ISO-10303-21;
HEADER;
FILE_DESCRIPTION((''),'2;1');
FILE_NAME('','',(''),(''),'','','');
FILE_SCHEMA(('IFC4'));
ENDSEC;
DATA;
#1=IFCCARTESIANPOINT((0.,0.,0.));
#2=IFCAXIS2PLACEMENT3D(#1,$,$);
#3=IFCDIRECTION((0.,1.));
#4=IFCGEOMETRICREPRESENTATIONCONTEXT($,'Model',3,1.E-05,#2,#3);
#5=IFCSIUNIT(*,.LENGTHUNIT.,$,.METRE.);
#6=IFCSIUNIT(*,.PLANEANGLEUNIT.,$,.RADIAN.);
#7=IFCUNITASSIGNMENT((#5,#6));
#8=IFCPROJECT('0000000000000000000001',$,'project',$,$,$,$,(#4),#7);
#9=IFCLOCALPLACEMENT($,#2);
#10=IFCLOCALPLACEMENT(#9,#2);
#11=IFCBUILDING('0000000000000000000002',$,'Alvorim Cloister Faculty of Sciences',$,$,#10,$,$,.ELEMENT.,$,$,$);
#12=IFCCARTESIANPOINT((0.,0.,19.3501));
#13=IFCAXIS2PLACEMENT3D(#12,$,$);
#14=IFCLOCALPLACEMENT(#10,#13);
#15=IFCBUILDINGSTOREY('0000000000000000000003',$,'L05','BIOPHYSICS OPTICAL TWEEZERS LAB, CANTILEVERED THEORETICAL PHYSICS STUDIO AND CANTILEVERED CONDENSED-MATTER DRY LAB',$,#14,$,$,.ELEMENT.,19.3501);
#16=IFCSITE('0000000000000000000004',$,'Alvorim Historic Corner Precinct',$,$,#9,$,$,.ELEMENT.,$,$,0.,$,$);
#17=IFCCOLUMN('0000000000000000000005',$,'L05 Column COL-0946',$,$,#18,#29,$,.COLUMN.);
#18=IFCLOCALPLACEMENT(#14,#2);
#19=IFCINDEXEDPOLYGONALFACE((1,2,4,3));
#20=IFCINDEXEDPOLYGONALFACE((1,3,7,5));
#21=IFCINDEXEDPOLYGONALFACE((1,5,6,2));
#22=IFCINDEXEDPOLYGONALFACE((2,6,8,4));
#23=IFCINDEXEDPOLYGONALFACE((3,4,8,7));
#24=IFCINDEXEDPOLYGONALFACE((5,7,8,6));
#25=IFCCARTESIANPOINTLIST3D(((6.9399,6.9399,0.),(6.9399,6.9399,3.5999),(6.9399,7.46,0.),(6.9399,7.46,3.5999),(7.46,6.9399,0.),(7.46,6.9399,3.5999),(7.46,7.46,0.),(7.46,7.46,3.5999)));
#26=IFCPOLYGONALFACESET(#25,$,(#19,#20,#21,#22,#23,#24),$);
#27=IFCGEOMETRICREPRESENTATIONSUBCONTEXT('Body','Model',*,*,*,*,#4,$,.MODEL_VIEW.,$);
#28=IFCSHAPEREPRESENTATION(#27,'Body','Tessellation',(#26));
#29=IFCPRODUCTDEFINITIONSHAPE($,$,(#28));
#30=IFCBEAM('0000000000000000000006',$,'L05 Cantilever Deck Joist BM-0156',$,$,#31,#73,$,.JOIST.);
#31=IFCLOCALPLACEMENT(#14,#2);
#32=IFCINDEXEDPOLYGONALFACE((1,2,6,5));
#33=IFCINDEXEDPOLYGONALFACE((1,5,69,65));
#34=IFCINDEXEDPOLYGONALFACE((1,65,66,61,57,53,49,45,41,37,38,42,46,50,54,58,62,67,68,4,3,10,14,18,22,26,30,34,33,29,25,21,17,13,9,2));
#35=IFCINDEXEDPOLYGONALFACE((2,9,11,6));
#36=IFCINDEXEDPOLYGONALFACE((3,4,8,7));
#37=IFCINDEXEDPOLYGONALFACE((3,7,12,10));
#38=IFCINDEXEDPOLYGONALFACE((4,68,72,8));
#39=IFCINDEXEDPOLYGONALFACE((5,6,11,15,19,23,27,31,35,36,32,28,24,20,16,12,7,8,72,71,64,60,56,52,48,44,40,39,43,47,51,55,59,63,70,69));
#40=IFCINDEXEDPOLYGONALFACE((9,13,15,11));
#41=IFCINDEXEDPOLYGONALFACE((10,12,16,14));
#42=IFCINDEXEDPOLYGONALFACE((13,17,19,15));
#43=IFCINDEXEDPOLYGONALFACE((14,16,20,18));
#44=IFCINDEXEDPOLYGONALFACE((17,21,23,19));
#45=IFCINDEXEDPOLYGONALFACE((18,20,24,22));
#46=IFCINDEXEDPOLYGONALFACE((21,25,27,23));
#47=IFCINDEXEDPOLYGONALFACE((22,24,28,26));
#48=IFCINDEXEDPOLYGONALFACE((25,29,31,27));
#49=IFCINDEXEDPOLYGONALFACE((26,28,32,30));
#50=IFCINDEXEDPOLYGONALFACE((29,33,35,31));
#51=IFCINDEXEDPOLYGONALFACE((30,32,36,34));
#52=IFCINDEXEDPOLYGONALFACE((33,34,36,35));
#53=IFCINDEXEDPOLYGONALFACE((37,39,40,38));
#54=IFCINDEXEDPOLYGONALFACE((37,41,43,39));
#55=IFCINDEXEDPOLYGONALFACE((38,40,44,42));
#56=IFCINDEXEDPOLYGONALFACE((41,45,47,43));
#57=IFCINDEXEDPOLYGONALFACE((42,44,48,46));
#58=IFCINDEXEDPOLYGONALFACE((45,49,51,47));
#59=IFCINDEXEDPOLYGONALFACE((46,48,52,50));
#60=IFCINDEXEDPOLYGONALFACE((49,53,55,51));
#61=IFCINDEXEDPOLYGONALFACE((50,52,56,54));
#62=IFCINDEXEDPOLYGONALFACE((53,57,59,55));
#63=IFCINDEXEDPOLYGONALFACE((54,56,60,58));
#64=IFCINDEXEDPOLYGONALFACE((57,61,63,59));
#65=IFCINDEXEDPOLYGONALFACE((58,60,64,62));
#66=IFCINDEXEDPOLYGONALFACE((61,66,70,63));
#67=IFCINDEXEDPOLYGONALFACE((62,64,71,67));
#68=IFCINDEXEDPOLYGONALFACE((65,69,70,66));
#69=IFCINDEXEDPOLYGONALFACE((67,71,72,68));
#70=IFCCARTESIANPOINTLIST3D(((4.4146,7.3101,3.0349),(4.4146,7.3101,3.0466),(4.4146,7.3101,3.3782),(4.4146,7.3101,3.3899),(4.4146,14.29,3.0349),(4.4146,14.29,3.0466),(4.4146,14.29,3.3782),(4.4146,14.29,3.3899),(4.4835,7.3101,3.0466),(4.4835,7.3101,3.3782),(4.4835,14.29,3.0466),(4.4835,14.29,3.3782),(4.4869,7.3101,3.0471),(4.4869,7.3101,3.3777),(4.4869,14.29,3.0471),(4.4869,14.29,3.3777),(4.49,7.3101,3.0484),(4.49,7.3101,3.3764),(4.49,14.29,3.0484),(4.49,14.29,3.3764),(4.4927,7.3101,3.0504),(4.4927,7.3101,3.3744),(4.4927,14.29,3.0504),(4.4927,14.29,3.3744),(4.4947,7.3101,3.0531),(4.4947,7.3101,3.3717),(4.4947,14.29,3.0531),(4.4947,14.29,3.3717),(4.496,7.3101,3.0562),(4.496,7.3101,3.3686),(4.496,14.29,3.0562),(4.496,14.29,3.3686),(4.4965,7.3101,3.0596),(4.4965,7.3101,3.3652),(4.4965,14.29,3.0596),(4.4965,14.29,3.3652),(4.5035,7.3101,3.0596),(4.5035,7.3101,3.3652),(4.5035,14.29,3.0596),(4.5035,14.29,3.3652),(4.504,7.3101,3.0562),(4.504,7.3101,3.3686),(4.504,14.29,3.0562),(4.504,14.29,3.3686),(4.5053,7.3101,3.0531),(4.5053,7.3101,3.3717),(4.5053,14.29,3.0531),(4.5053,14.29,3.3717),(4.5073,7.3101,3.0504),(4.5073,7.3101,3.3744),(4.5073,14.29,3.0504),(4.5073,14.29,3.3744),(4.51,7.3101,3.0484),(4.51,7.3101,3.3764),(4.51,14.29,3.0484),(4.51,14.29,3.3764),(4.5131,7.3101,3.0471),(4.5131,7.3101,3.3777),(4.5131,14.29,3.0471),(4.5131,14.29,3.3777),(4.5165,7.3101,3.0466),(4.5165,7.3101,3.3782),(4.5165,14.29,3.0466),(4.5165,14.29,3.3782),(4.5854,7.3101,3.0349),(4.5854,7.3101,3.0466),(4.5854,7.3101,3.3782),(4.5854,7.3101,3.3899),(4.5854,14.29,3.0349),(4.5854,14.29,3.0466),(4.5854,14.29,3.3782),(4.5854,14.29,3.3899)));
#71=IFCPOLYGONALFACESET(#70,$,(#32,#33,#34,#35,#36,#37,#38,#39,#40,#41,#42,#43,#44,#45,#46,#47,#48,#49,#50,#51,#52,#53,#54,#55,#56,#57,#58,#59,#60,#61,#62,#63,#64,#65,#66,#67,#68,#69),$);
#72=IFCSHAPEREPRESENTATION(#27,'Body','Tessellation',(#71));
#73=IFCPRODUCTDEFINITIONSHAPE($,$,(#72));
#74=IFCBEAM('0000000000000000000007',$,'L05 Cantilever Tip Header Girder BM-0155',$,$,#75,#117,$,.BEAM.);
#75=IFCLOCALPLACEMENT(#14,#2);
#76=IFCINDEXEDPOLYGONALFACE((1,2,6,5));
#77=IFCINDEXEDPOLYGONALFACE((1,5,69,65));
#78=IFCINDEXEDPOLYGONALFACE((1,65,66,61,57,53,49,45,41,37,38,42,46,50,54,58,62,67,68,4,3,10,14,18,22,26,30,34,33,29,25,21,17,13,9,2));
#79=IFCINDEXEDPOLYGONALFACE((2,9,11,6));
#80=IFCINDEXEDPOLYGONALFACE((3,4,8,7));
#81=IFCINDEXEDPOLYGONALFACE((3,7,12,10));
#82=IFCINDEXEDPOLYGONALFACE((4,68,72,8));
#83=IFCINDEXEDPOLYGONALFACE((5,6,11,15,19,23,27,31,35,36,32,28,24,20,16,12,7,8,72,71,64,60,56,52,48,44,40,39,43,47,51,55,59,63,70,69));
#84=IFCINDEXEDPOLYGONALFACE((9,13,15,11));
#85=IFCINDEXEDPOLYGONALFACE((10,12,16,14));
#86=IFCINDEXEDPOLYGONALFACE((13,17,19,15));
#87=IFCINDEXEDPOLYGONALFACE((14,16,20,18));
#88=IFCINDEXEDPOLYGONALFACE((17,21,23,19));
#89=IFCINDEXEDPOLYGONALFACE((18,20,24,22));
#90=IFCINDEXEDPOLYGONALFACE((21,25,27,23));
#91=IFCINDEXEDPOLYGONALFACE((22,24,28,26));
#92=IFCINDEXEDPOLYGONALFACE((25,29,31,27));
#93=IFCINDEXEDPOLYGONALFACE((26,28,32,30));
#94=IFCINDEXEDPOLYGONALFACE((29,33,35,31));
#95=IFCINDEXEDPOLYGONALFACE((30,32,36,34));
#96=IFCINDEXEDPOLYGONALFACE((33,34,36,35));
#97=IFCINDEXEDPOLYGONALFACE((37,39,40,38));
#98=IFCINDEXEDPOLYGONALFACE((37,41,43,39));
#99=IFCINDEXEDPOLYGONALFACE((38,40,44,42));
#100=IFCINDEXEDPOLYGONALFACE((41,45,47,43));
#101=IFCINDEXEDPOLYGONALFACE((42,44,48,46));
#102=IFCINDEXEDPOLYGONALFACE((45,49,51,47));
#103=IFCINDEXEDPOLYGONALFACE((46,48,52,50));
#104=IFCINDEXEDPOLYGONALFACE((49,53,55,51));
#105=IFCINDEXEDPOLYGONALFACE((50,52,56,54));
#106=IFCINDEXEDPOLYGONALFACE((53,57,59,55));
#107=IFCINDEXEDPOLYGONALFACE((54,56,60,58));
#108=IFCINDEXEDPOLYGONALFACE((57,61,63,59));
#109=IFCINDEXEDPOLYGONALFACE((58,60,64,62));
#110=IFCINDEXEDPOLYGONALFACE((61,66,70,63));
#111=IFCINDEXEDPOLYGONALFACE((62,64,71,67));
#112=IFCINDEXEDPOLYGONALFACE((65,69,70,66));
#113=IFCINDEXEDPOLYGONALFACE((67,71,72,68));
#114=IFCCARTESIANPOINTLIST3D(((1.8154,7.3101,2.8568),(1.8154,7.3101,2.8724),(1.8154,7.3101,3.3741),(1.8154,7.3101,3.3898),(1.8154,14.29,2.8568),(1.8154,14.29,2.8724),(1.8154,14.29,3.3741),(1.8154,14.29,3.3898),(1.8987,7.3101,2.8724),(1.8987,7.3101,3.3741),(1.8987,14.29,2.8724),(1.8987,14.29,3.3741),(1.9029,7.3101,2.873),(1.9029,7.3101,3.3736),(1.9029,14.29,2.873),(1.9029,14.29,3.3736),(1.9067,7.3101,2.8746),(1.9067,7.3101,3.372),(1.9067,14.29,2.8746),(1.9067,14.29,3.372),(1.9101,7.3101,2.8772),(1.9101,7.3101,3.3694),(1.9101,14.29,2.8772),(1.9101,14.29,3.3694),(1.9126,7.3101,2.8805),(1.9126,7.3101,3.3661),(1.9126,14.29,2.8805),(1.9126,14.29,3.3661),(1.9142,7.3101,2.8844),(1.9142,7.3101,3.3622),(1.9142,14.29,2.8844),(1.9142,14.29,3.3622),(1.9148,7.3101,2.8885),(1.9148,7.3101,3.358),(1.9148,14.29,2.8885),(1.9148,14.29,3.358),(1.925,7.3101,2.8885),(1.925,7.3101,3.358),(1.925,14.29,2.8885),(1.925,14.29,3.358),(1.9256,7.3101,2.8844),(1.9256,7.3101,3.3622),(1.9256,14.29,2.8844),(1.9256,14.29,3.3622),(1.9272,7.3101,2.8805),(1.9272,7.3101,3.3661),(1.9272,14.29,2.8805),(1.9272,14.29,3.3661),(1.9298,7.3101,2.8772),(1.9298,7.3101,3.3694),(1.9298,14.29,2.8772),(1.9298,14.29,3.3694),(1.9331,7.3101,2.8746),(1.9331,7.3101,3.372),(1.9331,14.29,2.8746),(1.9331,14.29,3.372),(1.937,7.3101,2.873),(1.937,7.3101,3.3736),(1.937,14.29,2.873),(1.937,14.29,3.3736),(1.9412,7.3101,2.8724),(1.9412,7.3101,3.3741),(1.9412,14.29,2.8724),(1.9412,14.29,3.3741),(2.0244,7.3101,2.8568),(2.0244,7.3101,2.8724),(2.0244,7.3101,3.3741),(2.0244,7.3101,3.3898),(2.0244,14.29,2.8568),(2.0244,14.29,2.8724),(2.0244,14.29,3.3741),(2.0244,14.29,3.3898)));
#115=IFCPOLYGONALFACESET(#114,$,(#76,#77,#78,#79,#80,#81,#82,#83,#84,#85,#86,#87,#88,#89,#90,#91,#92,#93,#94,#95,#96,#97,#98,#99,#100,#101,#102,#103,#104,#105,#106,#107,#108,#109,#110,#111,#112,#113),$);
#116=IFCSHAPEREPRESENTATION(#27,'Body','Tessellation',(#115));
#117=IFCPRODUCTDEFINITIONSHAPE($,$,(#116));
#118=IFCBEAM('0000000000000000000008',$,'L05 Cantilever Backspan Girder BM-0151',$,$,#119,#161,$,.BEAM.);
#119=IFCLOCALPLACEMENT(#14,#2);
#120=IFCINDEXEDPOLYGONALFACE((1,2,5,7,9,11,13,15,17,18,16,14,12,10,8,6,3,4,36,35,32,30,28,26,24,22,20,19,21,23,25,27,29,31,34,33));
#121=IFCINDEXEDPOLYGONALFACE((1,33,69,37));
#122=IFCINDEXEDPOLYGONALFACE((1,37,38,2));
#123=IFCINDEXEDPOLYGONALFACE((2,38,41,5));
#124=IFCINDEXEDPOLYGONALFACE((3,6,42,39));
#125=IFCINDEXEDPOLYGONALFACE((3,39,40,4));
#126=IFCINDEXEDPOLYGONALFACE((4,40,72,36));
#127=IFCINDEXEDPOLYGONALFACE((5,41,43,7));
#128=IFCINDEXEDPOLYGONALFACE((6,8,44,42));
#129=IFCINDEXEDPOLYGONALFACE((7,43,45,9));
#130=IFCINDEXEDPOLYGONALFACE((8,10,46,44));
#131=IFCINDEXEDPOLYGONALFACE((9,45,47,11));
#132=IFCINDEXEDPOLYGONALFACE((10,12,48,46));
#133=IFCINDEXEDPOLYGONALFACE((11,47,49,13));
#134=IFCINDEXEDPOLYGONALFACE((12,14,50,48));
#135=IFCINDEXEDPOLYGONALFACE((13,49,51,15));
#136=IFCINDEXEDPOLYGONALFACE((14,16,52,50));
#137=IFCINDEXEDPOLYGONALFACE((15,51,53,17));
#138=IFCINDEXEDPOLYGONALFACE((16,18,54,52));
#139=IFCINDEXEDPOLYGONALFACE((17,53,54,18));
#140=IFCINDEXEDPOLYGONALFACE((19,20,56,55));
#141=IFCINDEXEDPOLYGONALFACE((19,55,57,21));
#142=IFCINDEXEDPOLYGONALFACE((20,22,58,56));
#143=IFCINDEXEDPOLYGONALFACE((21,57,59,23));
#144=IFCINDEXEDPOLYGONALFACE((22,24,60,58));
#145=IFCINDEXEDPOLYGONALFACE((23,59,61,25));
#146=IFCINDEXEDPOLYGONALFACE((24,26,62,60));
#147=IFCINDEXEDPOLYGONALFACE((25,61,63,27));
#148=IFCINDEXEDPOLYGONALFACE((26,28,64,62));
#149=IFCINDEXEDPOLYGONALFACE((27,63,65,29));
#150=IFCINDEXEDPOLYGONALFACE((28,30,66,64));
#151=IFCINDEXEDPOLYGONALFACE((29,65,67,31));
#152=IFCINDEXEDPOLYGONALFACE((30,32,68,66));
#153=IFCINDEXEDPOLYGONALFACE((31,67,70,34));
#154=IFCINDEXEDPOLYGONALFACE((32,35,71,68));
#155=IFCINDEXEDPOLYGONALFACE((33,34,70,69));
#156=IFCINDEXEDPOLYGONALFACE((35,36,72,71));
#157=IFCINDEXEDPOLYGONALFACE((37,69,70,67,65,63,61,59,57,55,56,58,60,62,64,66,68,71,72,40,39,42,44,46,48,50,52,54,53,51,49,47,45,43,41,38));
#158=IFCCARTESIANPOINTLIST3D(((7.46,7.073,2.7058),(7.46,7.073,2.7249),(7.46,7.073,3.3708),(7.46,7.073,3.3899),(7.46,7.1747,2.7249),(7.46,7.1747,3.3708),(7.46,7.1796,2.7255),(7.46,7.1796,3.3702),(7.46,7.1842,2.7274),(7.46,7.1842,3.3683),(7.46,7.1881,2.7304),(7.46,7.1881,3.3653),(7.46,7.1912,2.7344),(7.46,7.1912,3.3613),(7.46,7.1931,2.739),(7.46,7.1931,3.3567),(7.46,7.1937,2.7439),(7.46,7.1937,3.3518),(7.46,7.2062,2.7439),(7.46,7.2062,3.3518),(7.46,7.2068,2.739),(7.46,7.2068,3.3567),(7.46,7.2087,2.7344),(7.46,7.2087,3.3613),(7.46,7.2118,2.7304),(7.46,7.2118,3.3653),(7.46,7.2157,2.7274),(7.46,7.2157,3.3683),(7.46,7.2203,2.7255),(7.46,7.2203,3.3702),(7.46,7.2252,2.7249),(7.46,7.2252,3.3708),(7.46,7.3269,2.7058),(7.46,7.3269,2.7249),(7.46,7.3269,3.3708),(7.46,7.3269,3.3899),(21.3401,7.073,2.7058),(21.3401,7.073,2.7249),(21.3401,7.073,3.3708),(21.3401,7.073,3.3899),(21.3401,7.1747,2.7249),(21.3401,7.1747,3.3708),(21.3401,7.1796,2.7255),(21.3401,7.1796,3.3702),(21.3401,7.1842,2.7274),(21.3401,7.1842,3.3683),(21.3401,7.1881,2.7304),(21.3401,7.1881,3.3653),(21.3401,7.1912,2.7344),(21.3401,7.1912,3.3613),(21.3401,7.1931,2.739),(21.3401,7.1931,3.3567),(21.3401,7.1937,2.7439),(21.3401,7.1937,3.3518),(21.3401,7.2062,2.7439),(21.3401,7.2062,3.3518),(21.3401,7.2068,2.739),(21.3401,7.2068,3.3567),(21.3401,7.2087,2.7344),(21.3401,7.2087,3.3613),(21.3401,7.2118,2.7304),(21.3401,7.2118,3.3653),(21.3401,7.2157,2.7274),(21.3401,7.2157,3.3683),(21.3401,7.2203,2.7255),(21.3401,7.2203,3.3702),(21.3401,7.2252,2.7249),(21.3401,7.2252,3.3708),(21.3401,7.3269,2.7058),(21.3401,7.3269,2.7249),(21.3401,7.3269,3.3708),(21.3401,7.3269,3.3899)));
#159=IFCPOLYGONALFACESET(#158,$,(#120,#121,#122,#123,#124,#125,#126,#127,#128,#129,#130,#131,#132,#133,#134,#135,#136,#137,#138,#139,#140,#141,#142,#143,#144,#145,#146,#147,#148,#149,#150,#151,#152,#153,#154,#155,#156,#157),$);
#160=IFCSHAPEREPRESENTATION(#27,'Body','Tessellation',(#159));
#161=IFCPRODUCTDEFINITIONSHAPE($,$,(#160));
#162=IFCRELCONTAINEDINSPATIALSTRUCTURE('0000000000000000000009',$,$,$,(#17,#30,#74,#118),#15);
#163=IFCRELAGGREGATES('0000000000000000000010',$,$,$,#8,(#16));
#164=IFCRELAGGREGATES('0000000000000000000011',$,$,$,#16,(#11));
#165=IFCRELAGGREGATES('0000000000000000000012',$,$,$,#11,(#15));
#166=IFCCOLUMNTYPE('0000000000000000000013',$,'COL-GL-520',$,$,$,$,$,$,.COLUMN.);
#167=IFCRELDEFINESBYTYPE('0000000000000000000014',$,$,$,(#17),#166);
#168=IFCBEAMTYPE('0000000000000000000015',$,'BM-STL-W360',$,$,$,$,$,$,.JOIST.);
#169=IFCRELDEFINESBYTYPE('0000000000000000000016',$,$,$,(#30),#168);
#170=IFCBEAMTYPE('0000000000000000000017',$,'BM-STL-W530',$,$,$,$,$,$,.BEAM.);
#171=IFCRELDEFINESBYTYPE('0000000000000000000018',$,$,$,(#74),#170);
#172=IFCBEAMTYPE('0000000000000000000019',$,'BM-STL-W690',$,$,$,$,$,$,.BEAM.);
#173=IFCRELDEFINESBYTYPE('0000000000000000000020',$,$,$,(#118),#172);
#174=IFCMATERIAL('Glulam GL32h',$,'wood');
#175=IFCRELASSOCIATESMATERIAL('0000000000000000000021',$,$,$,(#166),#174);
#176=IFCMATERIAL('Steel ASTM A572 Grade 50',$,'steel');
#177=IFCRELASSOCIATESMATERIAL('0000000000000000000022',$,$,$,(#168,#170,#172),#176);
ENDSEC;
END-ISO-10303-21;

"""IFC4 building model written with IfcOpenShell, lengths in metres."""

from ifc_helpers import new_model, si_unit, direction, frame, origin, origin_2d, place, context, subcontext, project, spatial, rectangle, i_section, extrude, material, material_profile, profile_set, type_object, element, save


model = new_model("IFC4")

# Units and contexts
model_context = context("Model", 3, precision=1e-05, world=origin(), true_north=direction((0.0, 1.0)))
body_context = subcontext(model_context, "Body", "Model", "MODEL_VIEW")
ifc_project = project(units=[si_unit("LENGTHUNIT", "METRE"), si_unit("PLANEANGLEUNIT", "RADIAN")], contexts=[model_context])

# Site, building, storey
site_placement = place(None, origin())
site = spatial("IfcSite", under=ifc_project, at=site_placement, Name="Alvorim Historic Corner Precinct", CompositionType="ELEMENT", RefElevation=0.0)
building_placement = place(site_placement, origin())
building = spatial("IfcBuilding", under=site, at=building_placement, Name="Alvorim Cloister Faculty of Sciences", CompositionType="ELEMENT")
storey_placement = place(building_placement, frame((0.0, 0.0, 19.3501)))
storey = spatial("IfcBuildingStorey", under=building, at=storey_placement, Name="L05", Description="BIOPHYSICS OPTICAL TWEEZERS LAB, CANTILEVERED THEORETICAL PHYSICS STUDIO AND CANTILEVERED CONDENSED-MATTER DRY LAB", CompositionType="ELEMENT", Elevation=19.3501)

# Column
ifc_material_1 = material(Name="Glulam GL32h", Category="wood")
ifc_material_profile_1 = material_profile(ifc_material_1, rectangle(XDim=0.52, YDim=0.52, at=origin_2d()), Name="GL32-COL-520x520")
ifc_profile_set_1 = profile_set([ifc_material_profile_1], Name="Glulam GL32h")
column_type = type_object("IfcColumnType", Name="COL-GL-520", PredefinedType="COLUMN", material=ifc_profile_set_1)
column_placement = place(storey_placement, frame((7.2, 7.2, 0.0), z_axis=(0.0, 0.0, 1.0), x_axis=(1.0, 0.0, 0.0)))
element("IfcColumn", 1, at=column_placement, inside=storey, type_object=column_type, Name="L05 Column COL-0946", PredefinedType="COLUMN", context=body_context, shape_type="SweptSolid", body=[
    extrude(rectangle(XDim=0.52, YDim=0.52, at=origin_2d()), origin(), (0.0, 0.0, 1.0), 3.5999),
])

# Beams
ifc_material_2 = material(Name="Steel ASTM A572 Grade 50", Category="steel")
ifc_material_profile_2 = material_profile(ifc_material_2, i_section(OverallWidth=0.1709, OverallDepth=0.355, WebThickness=0.0071, FlangeThickness=0.0117, FilletRadius=0.0129, at=origin_2d()), Name="W360x51.0")
ifc_profile_set_2 = profile_set([ifc_material_profile_2], Name="Steel ASTM A572 Grade 50")
beam_type_1 = type_object("IfcBeamType", Name="BM-STL-W360", PredefinedType="JOIST", material=ifc_profile_set_2)
beam_1_placement = place(storey_placement, frame((4.5, 7.3101, 3.2124), z_axis=(0.0, 1.0, 0.0), x_axis=(-1.0, 0.0, 0.0)))
element("IfcBeam", 2, at=beam_1_placement, inside=storey, type_object=beam_type_1, Name="L05 Cantilever Deck Joist BM-0156", PredefinedType="JOIST", context=body_context, shape_type="SweptSolid", body=[
    extrude(i_section(OverallWidth=0.1709, OverallDepth=0.355, WebThickness=0.0071, FlangeThickness=0.0117, FilletRadius=0.0129, at=origin_2d()), origin(), (0.0, 0.0, 1.0), 6.98),
])
ifc_material_profile_3 = material_profile(ifc_material_2, i_section(OverallWidth=0.209, OverallDepth=0.533, WebThickness=0.0103, FlangeThickness=0.0156, FilletRadius=0.0161, at=origin_2d()), Name="W530x92.0")
ifc_profile_set_3 = profile_set([ifc_material_profile_3], Name="Steel ASTM A572 Grade 50")
beam_type_2 = type_object("IfcBeamType", Name="BM-STL-W530", PredefinedType="BEAM", material=ifc_profile_set_3)
beam_2_placement = place(storey_placement, frame((1.9199, 7.3101, 3.1233), z_axis=(0.0, 1.0, 0.0), x_axis=(-1.0, 0.0, 0.0)))
element("IfcBeam", 3, at=beam_2_placement, inside=storey, type_object=beam_type_2, Name="L05 Cantilever Tip Header Girder BM-0155", PredefinedType="BEAM", context=body_context, shape_type="SweptSolid", body=[
    extrude(i_section(OverallWidth=0.209, OverallDepth=0.533, WebThickness=0.0103, FlangeThickness=0.0156, FilletRadius=0.0161, at=origin_2d()), origin(), (0.0, 0.0, 1.0), 6.98),
])
ifc_material_profile_4 = material_profile(ifc_material_2, i_section(OverallWidth=0.2539, OverallDepth=0.6841, WebThickness=0.0125, FlangeThickness=0.019, FilletRadius=0.019, at=origin_2d()), Name="W690x140.0")
ifc_profile_set_4 = profile_set([ifc_material_profile_4], Name="Steel ASTM A572 Grade 50")
beam_type_3 = type_object("IfcBeamType", Name="BM-STL-W690", PredefinedType="BEAM", material=ifc_profile_set_4)
beam_3_placement = place(storey_placement, frame((7.46, 7.2, 3.0479), z_axis=(1.0, 0.0, 0.0), x_axis=(0.0, 1.0, 0.0)))
element("IfcBeam", 4, at=beam_3_placement, inside=storey, type_object=beam_type_3, Name="L05 Cantilever Backspan Girder BM-0151", PredefinedType="BEAM", context=body_context, shape_type="SweptSolid", body=[
    extrude(i_section(OverallWidth=0.2539, OverallDepth=0.6841, WebThickness=0.0125, FlangeThickness=0.019, FilletRadius=0.019, at=origin_2d()), origin(), (0.0, 0.0, 1.0), 13.8801),
])

save(model, "model.ifc")
